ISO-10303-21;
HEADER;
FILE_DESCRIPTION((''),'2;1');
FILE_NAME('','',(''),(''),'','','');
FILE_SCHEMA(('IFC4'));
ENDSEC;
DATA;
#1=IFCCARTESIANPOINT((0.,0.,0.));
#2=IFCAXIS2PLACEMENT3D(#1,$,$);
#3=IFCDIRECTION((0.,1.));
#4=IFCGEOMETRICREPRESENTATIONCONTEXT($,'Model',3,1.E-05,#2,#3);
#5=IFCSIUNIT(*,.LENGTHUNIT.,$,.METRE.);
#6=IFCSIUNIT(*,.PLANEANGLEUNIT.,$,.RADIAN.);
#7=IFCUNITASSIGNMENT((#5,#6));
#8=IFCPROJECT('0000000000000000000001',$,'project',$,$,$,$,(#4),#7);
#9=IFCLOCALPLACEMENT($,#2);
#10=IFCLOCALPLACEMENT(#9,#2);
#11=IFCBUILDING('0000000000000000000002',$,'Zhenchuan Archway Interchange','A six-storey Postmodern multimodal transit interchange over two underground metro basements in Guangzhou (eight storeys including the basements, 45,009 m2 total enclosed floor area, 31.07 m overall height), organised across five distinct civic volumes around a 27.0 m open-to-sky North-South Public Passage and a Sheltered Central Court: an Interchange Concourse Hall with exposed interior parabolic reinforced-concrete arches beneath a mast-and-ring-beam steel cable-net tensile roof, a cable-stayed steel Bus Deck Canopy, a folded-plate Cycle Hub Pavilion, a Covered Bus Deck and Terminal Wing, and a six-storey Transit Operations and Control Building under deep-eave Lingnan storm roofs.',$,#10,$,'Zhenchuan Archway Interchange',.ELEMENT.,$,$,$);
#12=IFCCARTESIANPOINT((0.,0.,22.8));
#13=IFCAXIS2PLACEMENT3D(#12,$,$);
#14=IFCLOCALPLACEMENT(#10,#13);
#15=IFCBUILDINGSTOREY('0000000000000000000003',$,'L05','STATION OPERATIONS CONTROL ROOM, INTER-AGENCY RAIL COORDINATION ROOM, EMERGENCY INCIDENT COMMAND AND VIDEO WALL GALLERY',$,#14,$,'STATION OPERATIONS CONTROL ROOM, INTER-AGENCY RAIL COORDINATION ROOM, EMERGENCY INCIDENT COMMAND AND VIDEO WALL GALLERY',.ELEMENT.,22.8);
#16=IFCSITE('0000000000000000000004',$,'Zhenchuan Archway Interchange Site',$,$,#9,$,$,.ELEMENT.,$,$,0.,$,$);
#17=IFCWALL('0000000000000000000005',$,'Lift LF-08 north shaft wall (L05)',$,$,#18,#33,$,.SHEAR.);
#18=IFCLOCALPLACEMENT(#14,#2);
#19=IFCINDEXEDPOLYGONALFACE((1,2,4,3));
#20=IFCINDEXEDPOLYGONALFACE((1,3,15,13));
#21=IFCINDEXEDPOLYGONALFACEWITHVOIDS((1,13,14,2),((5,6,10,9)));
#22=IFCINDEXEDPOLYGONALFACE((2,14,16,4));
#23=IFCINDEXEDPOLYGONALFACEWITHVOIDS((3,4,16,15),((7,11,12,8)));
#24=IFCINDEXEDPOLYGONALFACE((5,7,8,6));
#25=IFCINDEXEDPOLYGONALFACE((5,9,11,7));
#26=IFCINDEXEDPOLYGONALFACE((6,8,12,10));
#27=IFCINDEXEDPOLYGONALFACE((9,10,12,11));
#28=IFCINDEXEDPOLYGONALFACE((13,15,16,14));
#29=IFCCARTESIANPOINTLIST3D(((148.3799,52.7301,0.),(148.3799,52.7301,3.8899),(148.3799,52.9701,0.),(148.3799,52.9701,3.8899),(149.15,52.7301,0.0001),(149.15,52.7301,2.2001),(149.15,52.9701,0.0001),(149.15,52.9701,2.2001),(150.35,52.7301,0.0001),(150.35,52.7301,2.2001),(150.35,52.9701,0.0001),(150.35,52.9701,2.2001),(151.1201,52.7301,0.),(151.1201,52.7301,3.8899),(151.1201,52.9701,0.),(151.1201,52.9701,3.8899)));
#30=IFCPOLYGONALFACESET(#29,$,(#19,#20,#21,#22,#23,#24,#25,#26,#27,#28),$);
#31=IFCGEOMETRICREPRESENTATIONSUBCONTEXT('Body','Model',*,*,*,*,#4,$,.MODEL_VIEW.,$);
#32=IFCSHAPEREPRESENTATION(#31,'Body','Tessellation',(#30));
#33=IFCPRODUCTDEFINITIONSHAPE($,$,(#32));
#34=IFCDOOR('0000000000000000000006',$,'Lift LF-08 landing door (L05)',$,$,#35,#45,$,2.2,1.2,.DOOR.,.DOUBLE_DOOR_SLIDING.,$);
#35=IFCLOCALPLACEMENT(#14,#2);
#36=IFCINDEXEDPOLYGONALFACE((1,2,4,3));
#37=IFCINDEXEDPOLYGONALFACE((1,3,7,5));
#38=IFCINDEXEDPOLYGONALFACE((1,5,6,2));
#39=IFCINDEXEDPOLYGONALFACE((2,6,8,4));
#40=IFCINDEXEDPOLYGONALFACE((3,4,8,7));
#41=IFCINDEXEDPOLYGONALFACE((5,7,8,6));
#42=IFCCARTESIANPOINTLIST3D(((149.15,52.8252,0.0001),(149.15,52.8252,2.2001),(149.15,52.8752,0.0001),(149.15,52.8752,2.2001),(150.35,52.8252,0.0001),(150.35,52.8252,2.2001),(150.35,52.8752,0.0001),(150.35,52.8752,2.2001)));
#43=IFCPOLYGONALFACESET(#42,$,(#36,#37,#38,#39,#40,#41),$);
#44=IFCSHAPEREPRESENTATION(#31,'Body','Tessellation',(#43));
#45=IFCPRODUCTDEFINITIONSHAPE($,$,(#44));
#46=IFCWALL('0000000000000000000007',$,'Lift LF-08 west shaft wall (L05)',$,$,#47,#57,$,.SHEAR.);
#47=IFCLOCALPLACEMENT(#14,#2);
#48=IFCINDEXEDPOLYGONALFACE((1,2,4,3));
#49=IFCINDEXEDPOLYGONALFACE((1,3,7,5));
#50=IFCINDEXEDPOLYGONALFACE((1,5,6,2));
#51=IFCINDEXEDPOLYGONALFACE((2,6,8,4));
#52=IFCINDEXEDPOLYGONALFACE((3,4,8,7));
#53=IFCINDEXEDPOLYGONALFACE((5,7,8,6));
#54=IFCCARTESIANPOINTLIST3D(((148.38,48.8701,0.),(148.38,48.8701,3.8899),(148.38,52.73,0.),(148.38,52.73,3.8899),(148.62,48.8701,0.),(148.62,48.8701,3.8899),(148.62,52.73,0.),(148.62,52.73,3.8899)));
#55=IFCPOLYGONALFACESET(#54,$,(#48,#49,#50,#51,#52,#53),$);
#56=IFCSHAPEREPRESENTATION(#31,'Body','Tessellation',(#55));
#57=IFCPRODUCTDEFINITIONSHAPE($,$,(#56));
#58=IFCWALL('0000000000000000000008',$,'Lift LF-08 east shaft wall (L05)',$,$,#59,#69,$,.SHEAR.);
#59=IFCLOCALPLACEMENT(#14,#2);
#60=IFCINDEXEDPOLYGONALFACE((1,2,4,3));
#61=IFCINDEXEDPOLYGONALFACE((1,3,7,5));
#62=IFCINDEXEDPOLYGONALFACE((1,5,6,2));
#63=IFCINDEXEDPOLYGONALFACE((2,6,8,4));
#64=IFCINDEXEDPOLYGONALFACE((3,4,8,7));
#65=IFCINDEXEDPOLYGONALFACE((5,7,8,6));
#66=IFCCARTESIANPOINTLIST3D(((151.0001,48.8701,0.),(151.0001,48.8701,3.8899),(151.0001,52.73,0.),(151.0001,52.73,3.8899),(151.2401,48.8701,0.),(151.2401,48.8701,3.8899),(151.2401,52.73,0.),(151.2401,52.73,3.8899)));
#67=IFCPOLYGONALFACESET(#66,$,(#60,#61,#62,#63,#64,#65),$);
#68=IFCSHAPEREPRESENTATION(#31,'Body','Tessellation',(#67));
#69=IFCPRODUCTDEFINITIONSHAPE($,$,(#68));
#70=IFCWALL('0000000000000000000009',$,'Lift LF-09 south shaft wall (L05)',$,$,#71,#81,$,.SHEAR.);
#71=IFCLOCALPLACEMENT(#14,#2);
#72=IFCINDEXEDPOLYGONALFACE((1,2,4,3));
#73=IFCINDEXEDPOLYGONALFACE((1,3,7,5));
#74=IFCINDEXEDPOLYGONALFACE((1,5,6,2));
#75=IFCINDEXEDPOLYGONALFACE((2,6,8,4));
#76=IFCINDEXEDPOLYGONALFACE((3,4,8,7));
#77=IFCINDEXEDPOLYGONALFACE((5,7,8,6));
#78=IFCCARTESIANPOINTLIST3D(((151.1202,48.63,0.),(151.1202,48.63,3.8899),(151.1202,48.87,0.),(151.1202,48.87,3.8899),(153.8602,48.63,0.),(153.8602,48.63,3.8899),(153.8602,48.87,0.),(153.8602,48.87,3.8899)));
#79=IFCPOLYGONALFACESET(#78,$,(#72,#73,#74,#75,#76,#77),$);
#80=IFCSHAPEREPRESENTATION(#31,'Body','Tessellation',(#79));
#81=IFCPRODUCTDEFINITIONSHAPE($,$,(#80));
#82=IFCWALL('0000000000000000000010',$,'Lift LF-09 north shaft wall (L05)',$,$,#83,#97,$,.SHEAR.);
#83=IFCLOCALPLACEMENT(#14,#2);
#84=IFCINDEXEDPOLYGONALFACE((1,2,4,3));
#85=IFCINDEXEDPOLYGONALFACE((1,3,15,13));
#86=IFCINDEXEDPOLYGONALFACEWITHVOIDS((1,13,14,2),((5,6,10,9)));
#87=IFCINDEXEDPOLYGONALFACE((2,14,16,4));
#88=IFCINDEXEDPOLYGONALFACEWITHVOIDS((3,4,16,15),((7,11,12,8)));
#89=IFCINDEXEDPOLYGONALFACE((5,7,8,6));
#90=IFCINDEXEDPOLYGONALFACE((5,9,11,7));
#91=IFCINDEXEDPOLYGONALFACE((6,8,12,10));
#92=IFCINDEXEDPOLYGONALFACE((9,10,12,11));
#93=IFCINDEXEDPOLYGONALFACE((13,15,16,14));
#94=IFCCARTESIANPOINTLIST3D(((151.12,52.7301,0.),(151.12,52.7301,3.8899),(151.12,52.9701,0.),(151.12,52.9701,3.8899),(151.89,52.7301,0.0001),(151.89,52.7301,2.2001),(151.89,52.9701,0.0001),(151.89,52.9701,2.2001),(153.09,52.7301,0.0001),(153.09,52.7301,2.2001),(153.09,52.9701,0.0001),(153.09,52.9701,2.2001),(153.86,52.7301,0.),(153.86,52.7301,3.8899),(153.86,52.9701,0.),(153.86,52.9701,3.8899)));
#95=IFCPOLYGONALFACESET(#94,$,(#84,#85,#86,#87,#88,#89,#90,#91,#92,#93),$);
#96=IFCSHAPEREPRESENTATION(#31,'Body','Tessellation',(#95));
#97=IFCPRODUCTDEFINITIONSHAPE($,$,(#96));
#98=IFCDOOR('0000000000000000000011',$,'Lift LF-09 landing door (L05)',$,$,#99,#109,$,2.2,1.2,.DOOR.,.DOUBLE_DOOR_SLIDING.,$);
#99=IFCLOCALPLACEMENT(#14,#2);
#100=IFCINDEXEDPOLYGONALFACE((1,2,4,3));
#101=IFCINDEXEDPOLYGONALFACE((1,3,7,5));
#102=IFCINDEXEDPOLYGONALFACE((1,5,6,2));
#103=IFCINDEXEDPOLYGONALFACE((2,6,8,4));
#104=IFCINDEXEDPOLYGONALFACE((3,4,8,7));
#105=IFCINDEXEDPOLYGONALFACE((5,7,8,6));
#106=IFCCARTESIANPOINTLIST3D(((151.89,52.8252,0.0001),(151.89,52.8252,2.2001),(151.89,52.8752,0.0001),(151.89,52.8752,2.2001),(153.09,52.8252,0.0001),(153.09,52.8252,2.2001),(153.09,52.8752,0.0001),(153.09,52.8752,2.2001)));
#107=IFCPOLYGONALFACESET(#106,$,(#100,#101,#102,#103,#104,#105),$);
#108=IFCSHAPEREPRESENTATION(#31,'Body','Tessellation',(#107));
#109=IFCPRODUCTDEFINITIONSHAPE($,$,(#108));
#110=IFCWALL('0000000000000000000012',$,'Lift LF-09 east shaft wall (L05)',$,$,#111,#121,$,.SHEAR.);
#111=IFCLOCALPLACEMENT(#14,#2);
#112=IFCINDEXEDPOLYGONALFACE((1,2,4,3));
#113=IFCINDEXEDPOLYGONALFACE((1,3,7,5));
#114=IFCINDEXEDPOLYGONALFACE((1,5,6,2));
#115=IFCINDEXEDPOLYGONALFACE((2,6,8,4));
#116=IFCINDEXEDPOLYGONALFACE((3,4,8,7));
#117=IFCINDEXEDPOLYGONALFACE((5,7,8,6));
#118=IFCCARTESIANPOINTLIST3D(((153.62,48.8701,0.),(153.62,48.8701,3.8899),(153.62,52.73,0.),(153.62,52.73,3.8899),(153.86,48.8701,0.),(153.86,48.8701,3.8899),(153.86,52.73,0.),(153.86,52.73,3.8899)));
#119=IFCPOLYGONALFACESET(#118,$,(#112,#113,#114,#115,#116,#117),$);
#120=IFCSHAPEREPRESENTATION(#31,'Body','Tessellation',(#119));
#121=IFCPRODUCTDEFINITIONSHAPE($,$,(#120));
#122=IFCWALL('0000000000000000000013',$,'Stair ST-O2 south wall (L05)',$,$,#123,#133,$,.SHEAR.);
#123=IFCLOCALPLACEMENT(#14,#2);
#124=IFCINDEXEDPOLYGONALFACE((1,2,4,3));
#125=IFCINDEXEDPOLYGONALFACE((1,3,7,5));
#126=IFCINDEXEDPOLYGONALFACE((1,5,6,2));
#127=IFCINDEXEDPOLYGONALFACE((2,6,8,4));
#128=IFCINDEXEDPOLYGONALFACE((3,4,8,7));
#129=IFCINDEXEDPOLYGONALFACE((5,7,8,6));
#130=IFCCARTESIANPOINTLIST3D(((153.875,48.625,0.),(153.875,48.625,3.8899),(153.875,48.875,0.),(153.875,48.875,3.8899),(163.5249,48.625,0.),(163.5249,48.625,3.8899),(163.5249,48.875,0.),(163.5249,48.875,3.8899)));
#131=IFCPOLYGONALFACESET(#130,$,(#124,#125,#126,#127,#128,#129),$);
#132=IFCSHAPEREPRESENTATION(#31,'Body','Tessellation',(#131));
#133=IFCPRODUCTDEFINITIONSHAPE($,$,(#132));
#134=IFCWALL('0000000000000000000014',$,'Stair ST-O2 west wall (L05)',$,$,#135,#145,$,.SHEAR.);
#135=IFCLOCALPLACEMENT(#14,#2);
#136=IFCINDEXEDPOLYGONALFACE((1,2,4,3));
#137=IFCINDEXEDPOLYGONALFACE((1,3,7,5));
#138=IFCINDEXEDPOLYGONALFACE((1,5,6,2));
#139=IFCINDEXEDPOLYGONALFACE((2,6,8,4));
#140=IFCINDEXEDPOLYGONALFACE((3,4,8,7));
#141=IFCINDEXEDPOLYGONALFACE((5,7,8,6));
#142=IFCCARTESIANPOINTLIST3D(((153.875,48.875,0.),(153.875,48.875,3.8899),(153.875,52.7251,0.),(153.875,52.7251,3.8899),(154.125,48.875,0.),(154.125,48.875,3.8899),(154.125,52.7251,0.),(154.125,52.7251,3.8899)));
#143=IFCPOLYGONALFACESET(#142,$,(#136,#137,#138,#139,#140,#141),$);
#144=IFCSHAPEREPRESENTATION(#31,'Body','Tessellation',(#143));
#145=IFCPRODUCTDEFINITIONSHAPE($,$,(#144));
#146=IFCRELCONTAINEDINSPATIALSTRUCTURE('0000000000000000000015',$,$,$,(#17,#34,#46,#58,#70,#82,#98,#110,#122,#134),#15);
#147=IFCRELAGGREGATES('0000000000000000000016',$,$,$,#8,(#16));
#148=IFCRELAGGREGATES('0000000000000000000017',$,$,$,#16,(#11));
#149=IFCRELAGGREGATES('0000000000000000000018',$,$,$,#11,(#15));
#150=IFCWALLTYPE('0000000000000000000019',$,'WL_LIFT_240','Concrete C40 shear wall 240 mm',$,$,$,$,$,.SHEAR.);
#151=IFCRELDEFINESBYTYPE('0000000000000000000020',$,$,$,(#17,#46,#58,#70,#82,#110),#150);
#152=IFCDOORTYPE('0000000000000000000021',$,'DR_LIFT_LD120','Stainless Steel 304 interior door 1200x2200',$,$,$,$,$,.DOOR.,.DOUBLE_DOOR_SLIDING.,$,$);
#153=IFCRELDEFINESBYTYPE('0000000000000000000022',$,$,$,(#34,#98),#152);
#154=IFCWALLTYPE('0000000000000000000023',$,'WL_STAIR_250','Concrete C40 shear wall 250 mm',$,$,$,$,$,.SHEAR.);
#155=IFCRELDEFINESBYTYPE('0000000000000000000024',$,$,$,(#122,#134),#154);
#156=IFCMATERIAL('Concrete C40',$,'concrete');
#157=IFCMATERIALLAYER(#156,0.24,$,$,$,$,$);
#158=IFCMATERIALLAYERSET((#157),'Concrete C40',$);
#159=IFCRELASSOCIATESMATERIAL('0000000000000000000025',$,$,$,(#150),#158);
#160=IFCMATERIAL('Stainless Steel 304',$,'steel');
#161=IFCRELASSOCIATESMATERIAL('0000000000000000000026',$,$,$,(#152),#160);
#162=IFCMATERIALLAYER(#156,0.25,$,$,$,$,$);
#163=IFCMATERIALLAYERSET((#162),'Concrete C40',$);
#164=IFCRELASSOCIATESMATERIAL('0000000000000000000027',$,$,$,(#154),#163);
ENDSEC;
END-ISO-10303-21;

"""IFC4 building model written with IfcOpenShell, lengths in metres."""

from ifc_helpers import new_model, si_unit, direction, frame, frame_2d, origin, place, context, subcontext, project, spatial, rectangle, extrude, material, layer, layer_set, type_object, element, fill, save


model = new_model("IFC4")

# Units and contexts
model_context = context("Model", 3, precision=1e-05, world=origin(), true_north=direction((0.0, 1.0)))
body_context = subcontext(model_context, "Body", "Model", "MODEL_VIEW")
ifc_project = project(units=[si_unit("LENGTHUNIT", "METRE"), si_unit("PLANEANGLEUNIT", "RADIAN")], contexts=[model_context])

# Site, building, storey
site_placement = place(None, origin())
site = spatial("IfcSite", under=ifc_project, at=site_placement, Name="Zhenchuan Archway Interchange Site", CompositionType="ELEMENT", RefElevation=0.0)
building_placement = place(site_placement, origin())
building = spatial("IfcBuilding", under=site, at=building_placement, Name="Zhenchuan Archway Interchange", Description="A six-storey Postmodern multimodal transit interchange over two underground metro basements in Guangzhou (eight storeys including the basements, 45,009 m2 total enclosed floor area, 31.07 m overall height), organised across five distinct civic volumes around a 27.0 m open-to-sky North-South Public Passage and a Sheltered Central Court: an Interchange Concourse Hall with exposed interior parabolic reinforced-concrete arches beneath a mast-and-ring-beam steel cable-net tensile roof, a cable-stayed steel Bus Deck Canopy, a folded-plate Cycle Hub Pavilion, a Covered Bus Deck and Terminal Wing, and a six-storey Transit Operations and Control Building under deep-eave Lingnan storm roofs.", LongName="Zhenchuan Archway Interchange", CompositionType="ELEMENT")
storey_placement = place(building_placement, frame((0.0, 0.0, 22.8)))
storey = spatial("IfcBuildingStorey", under=building, at=storey_placement, Name="L05", Description="STATION OPERATIONS CONTROL ROOM, INTER-AGENCY RAIL COORDINATION ROOM, EMERGENCY INCIDENT COMMAND AND VIDEO WALL GALLERY", LongName="STATION OPERATIONS CONTROL ROOM, INTER-AGENCY RAIL COORDINATION ROOM, EMERGENCY INCIDENT COMMAND AND VIDEO WALL GALLERY", CompositionType="ELEMENT", Elevation=22.8)

# Shared definitions
ifc_material_1 = material(Name="Concrete C40", Category="concrete")

# Shared definitions
ifc_layer_1 = layer(ifc_material_1, 0.24)
ifc_layer_set_1 = layer_set([ifc_layer_1], Name="Concrete C40")
wall_type_1 = type_object("IfcWallType", Name="WL_LIFT_240", Description="Concrete C40 shear wall 240 mm", PredefinedType="SHEAR", material=ifc_layer_set_1)

# Wall, opening, door
wall_1_placement = place(storey_placement, frame((151.1201, 52.8501, 0.0), z_axis=(0.0, 0.0, 1.0), x_axis=(-1.0, 0.0, 0.0)))
wall_1 = element("IfcWall", 1, at=wall_1_placement, inside=storey, type_object=wall_type_1, Name="Lift LF-08 north shaft wall (L05)", PredefinedType="SHEAR", context=body_context, shape_type="SweptSolid", body=[
    extrude(rectangle(XDim=2.7402, YDim=0.24, at=frame_2d((1.3701, 0.0))), origin(), (0.0, 0.0, 1.0), 3.8899),
])
opening_1_placement = place(wall_1_placement, frame((0.77, 0.0, 0.0)))
opening_1 = element("IfcOpeningElement", 2, at=opening_1_placement, cuts=wall_1, PredefinedType="OPENING", context=body_context, shape_type="SweptSolid", body=[
    extrude(rectangle(XDim=1.2, YDim=2.2, at=frame_2d((0.6001, 1.1001))), frame((0.0, 0.1318, 0.0), z_axis=(0.0, -1.0, 0.0), x_axis=(1.0, 0.0, 0.0)), (0.0, 0.0, 1.0), 0.2639),
])
ifc_material_2 = material(Name="Stainless Steel 304", Category="steel")
door_type_1 = type_object("IfcDoorType", Name="DR_LIFT_LD120", Description="Stainless Steel 304 interior door 1200x2200", OperationType="DOUBLE_DOOR_SLIDING", PredefinedType="DOOR", material=ifc_material_2)
door_1_placement = place(opening_1_placement, origin())
door_1 = element("IfcDoor", 3, at=door_1_placement, inside=storey, type_object=door_type_1, Name="Lift LF-08 landing door (L05)", OperationType="DOUBLE_DOOR_SLIDING", OverallHeight=2.2, OverallWidth=1.2, PredefinedType="DOOR", context=body_context, shape_type="SweptSolid", body=[
    extrude(rectangle(XDim=1.2, YDim=2.2, at=frame_2d((0.6001, 1.1001))), frame((0.0, 0.0249, 0.0), z_axis=(0.0, -1.0, 0.0), x_axis=(1.0, 0.0, 0.0)), (0.0, 0.0, 1.0), 0.05),
])
fill(opening_1, door_1)

# Walls
for number, where, z_axis, x_axis, name in (
    (4, (148.5, 52.73, 0.0), (0.0, 0.0, 1.0), (0.0, -1.0, 0.0), "Lift LF-08 west shaft wall (L05)"),
    (5, (151.1201, 48.8701, 0.0), (0.0, 0.0, 1.0), (0.0, 1.0, 0.0), "Lift LF-08 east shaft wall (L05)"),
):
    element("IfcWall", number, at=place(storey_placement, frame(where, z_axis=z_axis, x_axis=x_axis)), inside=storey, type_object=wall_type_1, Name=name, PredefinedType="SHEAR", context=body_context, shape_type="SweptSolid", body=[
        extrude(rectangle(XDim=3.8599, YDim=0.24, at=frame_2d((1.9299, 0.0))), origin(), (0.0, 0.0, 1.0), 3.8899),
    ])
wall_2_placement = place(storey_placement, frame((151.1201, 48.75, 0.0), z_axis=(0.0, 0.0, 1.0), x_axis=(1.0, 0.0, 0.0)))
element("IfcWall", 6, at=wall_2_placement, inside=storey, type_object=wall_type_1, Name="Lift LF-09 south shaft wall (L05)", PredefinedType="SHEAR", context=body_context, shape_type="SweptSolid", body=[
    extrude(rectangle(XDim=2.74, YDim=0.24, at=frame_2d((1.3701, 0.0))), origin(), (0.0, 0.0, 1.0), 3.8899),
])

# Wall, opening, door
wall_3_placement = place(storey_placement, frame((153.8601, 52.8501, 0.0), z_axis=(0.0, 0.0, 1.0), x_axis=(-1.0, 0.0, 0.0)))
wall_3 = element("IfcWall", 7, at=wall_3_placement, inside=storey, type_object=wall_type_1, Name="Lift LF-09 north shaft wall (L05)", PredefinedType="SHEAR", context=body_context, shape_type="SweptSolid", body=[
    extrude(rectangle(XDim=2.74, YDim=0.24, at=frame_2d((1.3701, 0.0))), origin(), (0.0, 0.0, 1.0), 3.8899),
])
opening_2_placement = place(wall_3_placement, frame((0.77, 0.0, 0.0)))
opening_2 = element("IfcOpeningElement", 8, at=opening_2_placement, cuts=wall_3, PredefinedType="OPENING", context=body_context, shape_type="SweptSolid", body=[
    extrude(rectangle(XDim=1.2, YDim=2.2, at=frame_2d((0.6001, 1.1001))), frame((0.0, 0.1318, 0.0), z_axis=(0.0, -1.0, 0.0), x_axis=(1.0, 0.0, 0.0)), (0.0, 0.0, 1.0), 0.2639),
])
door_2_placement = place(opening_2_placement, origin())
door_2 = element("IfcDoor", 9, at=door_2_placement, inside=storey, type_object=door_type_1, Name="Lift LF-09 landing door (L05)", OperationType="DOUBLE_DOOR_SLIDING", OverallHeight=2.2, OverallWidth=1.2, PredefinedType="DOOR", context=body_context, shape_type="SweptSolid", body=[
    extrude(rectangle(XDim=1.2, YDim=2.2, at=frame_2d((0.6001, 1.1001))), frame((0.0, 0.0249, 0.0), z_axis=(0.0, -1.0, 0.0), x_axis=(1.0, 0.0, 0.0)), (0.0, 0.0, 1.0), 0.05),
])
fill(opening_2, door_2)

# Walls
wall_4_placement = place(storey_placement, frame((153.74, 48.8701, 0.0), z_axis=(0.0, 0.0, 1.0), x_axis=(0.0, 1.0, 0.0)))
element("IfcWall", 10, at=wall_4_placement, inside=storey, type_object=wall_type_1, Name="Lift LF-09 east shaft wall (L05)", PredefinedType="SHEAR", context=body_context, shape_type="SweptSolid", body=[
    extrude(rectangle(XDim=3.8599, YDim=0.24, at=frame_2d((1.9299, 0.0))), origin(), (0.0, 0.0, 1.0), 3.8899),
])
ifc_layer_2 = layer(ifc_material_1, 0.25)
ifc_layer_set_2 = layer_set([ifc_layer_2], Name="Concrete C40")
wall_type_2 = type_object("IfcWallType", Name="WL_STAIR_250", Description="Concrete C40 shear wall 250 mm", PredefinedType="SHEAR", material=ifc_layer_set_2)
wall_5_placement = place(storey_placement, frame((153.875, 48.75, 0.0), z_axis=(0.0, 0.0, 1.0), x_axis=(1.0, 0.0, 0.0)))
element("IfcWall", 11, at=wall_5_placement, inside=storey, type_object=wall_type_2, Name="Stair ST-O2 south wall (L05)", PredefinedType="SHEAR", context=body_context, shape_type="SweptSolid", body=[
    extrude(rectangle(XDim=9.6499, YDim=0.25, at=frame_2d((4.825, 0.0))), origin(), (0.0, 0.0, 1.0), 3.8899),
])
wall_6_placement = place(storey_placement, frame((154.0, 52.7251, 0.0), z_axis=(0.0, 0.0, 1.0), x_axis=(0.0, -1.0, 0.0)))
element("IfcWall", 12, at=wall_6_placement, inside=storey, type_object=wall_type_2, Name="Stair ST-O2 west wall (L05)", PredefinedType="SHEAR", context=body_context, shape_type="SweptSolid", body=[
    extrude(rectangle(XDim=3.8501, YDim=0.25, at=frame_2d((1.925, 0.0))), origin(), (0.0, 0.0, 1.0), 3.8899),
])

save(model, "model.ifc")
